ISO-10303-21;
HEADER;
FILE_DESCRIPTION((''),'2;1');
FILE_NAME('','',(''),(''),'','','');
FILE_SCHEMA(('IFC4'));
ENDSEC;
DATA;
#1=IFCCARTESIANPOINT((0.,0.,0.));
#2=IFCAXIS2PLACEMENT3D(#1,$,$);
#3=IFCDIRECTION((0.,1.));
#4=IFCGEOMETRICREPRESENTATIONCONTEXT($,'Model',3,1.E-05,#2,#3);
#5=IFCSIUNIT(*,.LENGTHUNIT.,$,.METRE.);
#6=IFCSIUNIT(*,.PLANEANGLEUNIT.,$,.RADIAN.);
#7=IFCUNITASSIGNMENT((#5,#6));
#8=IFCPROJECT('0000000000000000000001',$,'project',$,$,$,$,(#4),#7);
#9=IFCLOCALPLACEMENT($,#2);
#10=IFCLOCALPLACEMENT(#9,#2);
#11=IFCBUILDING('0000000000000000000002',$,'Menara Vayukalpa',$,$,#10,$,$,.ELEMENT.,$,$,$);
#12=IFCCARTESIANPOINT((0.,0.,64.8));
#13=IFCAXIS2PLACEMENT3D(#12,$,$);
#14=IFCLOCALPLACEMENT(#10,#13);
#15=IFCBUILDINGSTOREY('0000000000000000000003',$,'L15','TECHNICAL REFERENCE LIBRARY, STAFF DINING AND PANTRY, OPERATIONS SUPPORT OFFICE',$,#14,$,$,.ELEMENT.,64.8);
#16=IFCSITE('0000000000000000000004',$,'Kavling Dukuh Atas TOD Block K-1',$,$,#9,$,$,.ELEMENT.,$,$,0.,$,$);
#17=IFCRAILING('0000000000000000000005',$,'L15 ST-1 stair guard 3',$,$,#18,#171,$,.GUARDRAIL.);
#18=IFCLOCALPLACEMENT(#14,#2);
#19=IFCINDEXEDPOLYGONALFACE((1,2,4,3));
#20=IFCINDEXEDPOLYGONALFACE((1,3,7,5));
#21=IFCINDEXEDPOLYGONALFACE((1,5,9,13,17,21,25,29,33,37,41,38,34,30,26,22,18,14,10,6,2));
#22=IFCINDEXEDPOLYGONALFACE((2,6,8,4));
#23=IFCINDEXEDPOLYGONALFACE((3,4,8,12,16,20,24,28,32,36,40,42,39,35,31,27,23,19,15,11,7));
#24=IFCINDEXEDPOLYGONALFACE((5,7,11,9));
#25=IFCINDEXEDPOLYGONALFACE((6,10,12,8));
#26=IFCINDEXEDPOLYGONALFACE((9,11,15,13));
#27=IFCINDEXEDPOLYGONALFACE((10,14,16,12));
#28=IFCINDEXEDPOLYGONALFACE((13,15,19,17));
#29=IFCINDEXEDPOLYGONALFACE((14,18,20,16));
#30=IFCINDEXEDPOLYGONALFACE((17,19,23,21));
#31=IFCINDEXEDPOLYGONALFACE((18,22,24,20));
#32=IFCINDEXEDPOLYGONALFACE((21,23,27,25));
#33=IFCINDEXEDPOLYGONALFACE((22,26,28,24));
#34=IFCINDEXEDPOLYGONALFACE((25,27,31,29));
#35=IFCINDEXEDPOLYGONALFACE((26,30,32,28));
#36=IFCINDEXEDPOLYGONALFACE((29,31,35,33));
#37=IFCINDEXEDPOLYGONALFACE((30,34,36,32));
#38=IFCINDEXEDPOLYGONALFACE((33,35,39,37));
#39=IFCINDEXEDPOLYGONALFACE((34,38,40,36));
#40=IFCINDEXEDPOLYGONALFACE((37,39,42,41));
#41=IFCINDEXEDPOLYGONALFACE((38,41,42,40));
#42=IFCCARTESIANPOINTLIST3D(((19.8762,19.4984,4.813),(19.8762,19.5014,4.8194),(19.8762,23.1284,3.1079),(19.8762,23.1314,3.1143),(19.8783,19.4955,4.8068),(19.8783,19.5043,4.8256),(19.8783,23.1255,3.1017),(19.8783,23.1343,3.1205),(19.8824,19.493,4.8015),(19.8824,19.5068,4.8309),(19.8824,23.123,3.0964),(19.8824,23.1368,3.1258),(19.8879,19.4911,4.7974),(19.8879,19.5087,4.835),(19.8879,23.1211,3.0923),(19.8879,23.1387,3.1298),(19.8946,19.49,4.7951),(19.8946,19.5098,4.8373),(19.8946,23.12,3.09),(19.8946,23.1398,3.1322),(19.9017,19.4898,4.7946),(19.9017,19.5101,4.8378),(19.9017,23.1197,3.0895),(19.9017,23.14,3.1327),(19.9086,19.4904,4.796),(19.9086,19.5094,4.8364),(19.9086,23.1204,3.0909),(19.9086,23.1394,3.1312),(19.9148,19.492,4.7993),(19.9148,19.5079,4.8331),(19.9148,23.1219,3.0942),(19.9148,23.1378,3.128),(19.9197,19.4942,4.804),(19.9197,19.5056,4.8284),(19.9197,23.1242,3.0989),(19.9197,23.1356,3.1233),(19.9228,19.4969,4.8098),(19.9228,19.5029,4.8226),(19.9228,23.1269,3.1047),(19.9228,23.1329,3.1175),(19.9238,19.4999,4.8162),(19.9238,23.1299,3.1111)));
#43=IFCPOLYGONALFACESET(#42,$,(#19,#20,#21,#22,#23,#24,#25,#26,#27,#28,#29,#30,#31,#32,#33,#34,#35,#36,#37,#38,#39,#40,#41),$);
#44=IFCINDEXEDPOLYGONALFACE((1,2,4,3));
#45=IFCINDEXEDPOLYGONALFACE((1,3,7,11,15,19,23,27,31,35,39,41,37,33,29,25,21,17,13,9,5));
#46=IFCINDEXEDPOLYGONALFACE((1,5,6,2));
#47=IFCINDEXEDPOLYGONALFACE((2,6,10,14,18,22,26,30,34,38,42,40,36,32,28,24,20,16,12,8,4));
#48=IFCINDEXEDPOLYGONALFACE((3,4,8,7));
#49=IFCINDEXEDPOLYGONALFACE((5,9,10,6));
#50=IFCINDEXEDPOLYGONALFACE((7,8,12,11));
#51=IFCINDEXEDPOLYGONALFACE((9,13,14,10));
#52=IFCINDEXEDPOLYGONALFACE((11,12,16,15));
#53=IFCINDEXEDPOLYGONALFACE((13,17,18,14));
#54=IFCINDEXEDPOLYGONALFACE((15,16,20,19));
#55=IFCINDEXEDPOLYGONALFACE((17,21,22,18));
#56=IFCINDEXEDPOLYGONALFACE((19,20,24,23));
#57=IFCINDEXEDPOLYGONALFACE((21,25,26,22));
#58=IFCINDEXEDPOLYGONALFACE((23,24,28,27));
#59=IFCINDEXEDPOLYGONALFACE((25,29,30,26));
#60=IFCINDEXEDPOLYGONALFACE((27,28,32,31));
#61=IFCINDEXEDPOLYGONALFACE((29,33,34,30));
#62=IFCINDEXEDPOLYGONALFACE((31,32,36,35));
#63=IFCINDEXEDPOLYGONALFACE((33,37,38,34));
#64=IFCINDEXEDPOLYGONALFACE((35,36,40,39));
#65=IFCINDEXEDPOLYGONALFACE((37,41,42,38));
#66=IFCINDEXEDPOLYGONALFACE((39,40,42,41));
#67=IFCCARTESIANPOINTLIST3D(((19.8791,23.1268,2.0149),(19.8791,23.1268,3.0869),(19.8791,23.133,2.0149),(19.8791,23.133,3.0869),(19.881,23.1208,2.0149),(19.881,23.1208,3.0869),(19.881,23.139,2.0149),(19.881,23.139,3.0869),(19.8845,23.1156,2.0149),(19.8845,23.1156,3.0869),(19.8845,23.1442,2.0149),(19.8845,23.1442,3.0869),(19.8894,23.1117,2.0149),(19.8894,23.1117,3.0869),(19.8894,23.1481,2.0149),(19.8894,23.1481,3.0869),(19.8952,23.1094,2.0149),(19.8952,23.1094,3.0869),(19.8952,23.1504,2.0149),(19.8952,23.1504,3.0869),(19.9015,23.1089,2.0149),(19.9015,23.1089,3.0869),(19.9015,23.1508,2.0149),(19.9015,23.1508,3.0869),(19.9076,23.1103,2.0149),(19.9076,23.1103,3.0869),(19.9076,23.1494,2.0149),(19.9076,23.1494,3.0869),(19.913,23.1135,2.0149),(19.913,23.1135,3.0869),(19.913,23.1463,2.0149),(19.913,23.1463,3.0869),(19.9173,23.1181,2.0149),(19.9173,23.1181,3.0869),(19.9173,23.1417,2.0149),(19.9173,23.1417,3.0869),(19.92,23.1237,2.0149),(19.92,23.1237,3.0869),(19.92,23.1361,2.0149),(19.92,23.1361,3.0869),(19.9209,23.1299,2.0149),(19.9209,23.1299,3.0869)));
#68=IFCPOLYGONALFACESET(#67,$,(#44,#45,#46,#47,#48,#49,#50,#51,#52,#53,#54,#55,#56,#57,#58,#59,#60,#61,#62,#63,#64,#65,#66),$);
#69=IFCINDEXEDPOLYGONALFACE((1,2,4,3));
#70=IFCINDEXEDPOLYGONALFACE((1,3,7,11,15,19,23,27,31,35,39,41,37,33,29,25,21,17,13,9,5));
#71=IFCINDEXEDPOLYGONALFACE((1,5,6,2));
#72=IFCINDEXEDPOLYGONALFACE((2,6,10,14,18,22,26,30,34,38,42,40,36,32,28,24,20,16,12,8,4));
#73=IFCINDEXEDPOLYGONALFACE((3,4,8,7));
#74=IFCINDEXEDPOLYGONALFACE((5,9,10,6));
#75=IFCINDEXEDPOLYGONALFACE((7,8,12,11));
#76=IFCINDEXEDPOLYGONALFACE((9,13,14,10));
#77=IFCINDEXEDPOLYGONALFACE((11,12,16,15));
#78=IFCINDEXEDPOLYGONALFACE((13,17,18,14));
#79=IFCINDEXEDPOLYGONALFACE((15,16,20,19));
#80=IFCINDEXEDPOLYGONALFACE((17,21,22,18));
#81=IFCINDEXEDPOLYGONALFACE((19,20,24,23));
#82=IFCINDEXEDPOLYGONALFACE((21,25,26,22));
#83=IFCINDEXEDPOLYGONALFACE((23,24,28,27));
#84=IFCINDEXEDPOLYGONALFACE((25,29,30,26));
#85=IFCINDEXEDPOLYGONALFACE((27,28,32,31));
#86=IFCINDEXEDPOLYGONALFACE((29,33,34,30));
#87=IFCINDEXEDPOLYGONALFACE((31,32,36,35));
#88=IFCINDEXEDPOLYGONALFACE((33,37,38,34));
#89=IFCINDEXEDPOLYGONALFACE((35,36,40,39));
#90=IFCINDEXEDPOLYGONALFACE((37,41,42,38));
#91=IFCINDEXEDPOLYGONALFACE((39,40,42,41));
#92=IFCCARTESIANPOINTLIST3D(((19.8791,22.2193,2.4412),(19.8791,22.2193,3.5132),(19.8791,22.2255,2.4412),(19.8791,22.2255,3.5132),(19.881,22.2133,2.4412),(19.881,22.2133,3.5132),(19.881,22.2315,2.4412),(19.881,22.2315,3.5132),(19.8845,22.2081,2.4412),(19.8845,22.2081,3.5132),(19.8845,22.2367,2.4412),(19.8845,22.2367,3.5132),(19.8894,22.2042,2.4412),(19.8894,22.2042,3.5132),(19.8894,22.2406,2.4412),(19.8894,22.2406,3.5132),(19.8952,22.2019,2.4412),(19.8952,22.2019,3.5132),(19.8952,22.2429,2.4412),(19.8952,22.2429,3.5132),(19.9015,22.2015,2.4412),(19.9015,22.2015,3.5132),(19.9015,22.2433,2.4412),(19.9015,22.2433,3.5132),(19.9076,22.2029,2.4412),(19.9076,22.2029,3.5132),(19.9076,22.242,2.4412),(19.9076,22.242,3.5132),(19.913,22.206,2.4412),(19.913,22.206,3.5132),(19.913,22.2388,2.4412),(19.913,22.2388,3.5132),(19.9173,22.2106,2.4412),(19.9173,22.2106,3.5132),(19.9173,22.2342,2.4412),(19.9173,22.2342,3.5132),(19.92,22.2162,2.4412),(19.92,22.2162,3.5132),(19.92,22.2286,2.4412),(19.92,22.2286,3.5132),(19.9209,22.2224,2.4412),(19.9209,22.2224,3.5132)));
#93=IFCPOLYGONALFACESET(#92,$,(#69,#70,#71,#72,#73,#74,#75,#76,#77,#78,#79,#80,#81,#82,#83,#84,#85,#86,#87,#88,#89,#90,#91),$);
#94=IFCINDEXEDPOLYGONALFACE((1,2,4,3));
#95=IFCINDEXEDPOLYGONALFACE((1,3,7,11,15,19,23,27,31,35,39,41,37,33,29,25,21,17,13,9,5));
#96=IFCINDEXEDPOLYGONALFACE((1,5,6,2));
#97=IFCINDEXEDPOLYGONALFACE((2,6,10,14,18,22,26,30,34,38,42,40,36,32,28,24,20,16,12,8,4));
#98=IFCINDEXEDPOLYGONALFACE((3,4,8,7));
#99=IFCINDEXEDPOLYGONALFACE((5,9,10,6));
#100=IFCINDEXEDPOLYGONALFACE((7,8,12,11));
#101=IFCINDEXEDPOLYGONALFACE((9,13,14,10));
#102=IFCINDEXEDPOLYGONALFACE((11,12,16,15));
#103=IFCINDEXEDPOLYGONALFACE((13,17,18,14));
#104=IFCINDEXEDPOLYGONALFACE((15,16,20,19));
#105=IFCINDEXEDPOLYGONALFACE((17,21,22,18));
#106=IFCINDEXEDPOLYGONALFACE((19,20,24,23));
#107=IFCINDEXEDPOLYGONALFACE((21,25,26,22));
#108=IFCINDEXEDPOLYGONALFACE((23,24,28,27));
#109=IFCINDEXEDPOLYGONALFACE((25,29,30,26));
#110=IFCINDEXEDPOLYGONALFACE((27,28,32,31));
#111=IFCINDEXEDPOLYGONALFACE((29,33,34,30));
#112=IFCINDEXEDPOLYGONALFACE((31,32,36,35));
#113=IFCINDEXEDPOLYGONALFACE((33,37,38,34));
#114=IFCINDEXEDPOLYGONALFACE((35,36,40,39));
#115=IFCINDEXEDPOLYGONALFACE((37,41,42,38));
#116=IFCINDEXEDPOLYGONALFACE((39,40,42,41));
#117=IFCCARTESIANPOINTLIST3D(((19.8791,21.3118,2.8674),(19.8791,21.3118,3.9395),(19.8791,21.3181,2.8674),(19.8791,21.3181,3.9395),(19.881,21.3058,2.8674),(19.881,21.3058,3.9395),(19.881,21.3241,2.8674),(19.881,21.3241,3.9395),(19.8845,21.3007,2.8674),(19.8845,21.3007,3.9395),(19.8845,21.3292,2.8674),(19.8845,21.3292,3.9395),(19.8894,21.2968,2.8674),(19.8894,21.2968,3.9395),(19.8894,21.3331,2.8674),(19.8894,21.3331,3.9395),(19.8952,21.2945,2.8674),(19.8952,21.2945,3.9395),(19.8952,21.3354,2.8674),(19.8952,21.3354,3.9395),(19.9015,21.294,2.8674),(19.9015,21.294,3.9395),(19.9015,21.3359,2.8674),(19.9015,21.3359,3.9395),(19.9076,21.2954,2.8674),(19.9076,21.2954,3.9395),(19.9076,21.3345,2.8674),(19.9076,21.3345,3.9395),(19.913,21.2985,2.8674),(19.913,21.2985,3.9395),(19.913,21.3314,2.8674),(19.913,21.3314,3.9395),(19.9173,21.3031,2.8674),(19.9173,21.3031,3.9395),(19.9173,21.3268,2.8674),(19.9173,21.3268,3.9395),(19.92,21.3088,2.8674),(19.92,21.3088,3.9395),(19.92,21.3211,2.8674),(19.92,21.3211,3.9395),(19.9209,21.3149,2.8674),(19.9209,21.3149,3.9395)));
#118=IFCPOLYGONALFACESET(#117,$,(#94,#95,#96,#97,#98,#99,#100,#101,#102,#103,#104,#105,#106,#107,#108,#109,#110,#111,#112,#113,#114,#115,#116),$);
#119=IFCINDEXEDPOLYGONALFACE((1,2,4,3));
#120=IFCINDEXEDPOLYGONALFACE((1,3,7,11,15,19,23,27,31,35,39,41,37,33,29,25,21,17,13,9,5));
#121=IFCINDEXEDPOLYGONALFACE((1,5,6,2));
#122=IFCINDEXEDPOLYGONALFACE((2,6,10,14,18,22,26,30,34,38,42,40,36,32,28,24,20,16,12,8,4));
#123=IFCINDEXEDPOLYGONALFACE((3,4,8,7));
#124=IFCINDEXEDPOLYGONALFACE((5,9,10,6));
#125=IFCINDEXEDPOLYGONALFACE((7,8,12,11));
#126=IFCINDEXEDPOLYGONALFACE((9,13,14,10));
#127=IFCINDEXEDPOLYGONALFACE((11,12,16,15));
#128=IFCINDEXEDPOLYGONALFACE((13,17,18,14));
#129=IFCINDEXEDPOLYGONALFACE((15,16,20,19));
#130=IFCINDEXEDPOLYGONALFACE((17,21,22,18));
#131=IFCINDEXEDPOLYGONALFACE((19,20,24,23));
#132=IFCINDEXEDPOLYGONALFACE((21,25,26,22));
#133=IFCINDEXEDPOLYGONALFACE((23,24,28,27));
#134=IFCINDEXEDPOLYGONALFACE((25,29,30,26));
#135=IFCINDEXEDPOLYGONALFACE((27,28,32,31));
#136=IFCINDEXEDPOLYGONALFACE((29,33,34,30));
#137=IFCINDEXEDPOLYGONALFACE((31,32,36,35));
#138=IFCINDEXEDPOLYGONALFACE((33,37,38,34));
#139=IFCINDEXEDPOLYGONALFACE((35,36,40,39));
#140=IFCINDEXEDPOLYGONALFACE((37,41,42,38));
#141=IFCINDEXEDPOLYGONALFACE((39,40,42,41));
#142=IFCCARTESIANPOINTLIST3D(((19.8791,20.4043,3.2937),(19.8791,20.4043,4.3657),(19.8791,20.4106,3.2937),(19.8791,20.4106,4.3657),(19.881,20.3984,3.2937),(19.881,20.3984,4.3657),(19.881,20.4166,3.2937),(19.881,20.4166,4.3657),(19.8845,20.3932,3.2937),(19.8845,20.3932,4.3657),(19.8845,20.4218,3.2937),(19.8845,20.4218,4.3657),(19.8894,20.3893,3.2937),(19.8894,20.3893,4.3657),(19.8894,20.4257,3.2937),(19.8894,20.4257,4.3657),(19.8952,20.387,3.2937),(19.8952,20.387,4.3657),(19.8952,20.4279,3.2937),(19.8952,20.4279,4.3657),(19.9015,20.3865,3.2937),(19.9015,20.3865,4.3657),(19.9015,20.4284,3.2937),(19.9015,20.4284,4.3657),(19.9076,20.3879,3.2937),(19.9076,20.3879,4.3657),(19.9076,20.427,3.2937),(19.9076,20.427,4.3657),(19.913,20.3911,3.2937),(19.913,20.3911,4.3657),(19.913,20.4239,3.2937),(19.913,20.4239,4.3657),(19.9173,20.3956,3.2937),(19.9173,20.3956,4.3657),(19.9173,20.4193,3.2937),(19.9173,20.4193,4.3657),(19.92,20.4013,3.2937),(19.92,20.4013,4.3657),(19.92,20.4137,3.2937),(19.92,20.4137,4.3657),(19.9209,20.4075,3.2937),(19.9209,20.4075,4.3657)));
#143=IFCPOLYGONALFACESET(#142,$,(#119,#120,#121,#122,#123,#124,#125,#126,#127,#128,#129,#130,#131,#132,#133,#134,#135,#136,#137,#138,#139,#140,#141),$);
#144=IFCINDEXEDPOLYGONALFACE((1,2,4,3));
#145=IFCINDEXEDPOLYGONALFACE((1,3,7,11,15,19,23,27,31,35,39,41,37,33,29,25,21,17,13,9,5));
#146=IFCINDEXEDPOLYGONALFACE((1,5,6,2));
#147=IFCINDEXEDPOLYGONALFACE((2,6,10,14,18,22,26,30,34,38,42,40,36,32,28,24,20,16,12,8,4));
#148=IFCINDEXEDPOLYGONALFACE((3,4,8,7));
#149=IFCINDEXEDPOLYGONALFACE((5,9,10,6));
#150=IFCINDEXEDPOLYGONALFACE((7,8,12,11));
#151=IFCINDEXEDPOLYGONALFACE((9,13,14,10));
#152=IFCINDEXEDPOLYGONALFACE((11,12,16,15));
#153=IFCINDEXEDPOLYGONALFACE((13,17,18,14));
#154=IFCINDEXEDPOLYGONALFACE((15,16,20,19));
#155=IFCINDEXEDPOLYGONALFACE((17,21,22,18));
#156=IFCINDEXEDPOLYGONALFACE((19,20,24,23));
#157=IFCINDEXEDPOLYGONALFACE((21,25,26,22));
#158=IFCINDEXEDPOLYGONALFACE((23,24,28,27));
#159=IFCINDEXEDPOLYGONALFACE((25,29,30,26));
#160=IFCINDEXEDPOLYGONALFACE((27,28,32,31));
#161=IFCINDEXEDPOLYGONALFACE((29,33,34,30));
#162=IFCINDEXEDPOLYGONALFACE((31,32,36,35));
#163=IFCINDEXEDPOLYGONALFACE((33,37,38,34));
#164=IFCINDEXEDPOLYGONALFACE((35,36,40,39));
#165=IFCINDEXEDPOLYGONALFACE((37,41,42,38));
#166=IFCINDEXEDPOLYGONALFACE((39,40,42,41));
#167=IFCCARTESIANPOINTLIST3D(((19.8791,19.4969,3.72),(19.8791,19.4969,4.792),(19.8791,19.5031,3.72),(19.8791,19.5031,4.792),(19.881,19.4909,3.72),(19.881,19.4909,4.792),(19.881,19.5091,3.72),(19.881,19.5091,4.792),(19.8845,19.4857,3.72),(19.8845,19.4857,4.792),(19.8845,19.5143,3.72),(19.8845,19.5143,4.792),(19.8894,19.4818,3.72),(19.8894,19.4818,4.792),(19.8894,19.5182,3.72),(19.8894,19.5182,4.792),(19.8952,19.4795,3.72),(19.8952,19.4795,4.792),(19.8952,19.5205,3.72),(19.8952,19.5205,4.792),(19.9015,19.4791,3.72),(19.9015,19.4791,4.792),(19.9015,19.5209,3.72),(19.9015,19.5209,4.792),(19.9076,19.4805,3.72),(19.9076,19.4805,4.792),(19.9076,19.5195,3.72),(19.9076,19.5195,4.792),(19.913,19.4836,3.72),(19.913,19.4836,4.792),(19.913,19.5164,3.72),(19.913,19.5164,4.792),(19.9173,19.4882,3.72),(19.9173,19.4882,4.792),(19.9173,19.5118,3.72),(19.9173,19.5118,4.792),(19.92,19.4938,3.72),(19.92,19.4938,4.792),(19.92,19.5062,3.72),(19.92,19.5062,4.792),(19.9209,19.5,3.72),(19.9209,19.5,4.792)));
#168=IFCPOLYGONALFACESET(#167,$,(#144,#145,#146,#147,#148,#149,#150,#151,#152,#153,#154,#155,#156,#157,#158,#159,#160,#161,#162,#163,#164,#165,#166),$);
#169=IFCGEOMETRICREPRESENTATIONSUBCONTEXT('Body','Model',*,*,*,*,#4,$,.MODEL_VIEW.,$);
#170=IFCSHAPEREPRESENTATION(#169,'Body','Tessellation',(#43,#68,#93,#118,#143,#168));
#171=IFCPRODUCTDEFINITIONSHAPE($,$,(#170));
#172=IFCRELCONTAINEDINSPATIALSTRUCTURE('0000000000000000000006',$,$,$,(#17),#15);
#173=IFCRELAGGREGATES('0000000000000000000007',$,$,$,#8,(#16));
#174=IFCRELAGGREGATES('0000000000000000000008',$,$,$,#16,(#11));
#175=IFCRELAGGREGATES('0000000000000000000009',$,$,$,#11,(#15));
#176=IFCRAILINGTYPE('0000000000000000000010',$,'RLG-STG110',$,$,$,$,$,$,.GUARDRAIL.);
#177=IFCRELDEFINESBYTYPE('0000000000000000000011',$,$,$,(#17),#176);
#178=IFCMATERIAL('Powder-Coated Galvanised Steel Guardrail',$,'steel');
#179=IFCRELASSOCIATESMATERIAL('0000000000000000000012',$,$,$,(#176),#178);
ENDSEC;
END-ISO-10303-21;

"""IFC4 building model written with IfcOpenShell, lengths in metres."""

from ifc_helpers import new_model, si_unit, direction, frame, origin, origin_2d, place, context, subcontext, project, spatial, circle, extrude, material, type_object, element, save


model = new_model("IFC4")

# Units and contexts
model_context = context("Model", 3, precision=1e-05, world=origin(), true_north=direction((0.0, 1.0)))
body_context = subcontext(model_context, "Body", "Model", "MODEL_VIEW")
ifc_project = project(units=[si_unit("LENGTHUNIT", "METRE"), si_unit("PLANEANGLEUNIT", "RADIAN")], contexts=[model_context])

# Site, building, storey
site_placement = place(None, origin())
site = spatial("IfcSite", under=ifc_project, at=site_placement, Name="Kavling Dukuh Atas TOD Block K-1", CompositionType="ELEMENT", RefElevation=0.0)
building_placement = place(site_placement, origin())
building = spatial("IfcBuilding", under=site, at=building_placement, Name="Menara Vayukalpa", CompositionType="ELEMENT")
storey_placement = place(building_placement, frame((0.0, 0.0, 64.8)))
storey = spatial("IfcBuildingStorey", under=building, at=storey_placement, Name="L15", Description="TECHNICAL REFERENCE LIBRARY, STAFF DINING AND PANTRY, OPERATIONS SUPPORT OFFICE", CompositionType="ELEMENT", Elevation=64.8)

# Railing
ifc_material_1 = material(Name="Powder-Coated Galvanised Steel Guardrail", Category="steel")
railing_type_1 = type_object("IfcRailingType", Name="RLG-STG110", PredefinedType="GUARDRAIL", material=ifc_material_1)
railing_1_placement = place(storey_placement, frame((19.8999, 23.1299, 2.0149)))
element("IfcRailing", 1, at=railing_1_placement, inside=storey, type_object=railing_type_1, Name="L15 ST-1 stair guard 3", PredefinedType="GUARDRAIL", context=body_context, shape_type="SweptSolid", body=[
    extrude(circle(Radius=0.0239, at=origin_2d()), frame((0.0, 0.0, 1.0962), z_axis=(0.0, -0.905116, 0.425164), x_axis=(1.0, 0.0, 0.0)), (0.0, 0.0, 1.0), 4.0105),
    extrude(circle(Radius=0.021, at=origin_2d()), origin(), (0.0, 0.0, 1.0), 1.072),
    extrude(circle(Radius=0.021, at=origin_2d()), frame((0.0, -0.9075, 0.4263)), (0.0, 0.0, 1.0), 1.072),
    extrude(circle(Radius=0.021, at=origin_2d()), frame((0.0, -1.8149, 0.8525)), (0.0, 0.0, 1.0), 1.072),
    extrude(circle(Radius=0.021, at=origin_2d()), frame((0.0, -2.7224, 1.2788)), (0.0, 0.0, 1.0), 1.072),
    extrude(circle(Radius=0.021, at=origin_2d()), frame((0.0, -3.6299, 1.7051)), (0.0, 0.0, 1.0), 1.072),
])

save(model, "model.ifc")
